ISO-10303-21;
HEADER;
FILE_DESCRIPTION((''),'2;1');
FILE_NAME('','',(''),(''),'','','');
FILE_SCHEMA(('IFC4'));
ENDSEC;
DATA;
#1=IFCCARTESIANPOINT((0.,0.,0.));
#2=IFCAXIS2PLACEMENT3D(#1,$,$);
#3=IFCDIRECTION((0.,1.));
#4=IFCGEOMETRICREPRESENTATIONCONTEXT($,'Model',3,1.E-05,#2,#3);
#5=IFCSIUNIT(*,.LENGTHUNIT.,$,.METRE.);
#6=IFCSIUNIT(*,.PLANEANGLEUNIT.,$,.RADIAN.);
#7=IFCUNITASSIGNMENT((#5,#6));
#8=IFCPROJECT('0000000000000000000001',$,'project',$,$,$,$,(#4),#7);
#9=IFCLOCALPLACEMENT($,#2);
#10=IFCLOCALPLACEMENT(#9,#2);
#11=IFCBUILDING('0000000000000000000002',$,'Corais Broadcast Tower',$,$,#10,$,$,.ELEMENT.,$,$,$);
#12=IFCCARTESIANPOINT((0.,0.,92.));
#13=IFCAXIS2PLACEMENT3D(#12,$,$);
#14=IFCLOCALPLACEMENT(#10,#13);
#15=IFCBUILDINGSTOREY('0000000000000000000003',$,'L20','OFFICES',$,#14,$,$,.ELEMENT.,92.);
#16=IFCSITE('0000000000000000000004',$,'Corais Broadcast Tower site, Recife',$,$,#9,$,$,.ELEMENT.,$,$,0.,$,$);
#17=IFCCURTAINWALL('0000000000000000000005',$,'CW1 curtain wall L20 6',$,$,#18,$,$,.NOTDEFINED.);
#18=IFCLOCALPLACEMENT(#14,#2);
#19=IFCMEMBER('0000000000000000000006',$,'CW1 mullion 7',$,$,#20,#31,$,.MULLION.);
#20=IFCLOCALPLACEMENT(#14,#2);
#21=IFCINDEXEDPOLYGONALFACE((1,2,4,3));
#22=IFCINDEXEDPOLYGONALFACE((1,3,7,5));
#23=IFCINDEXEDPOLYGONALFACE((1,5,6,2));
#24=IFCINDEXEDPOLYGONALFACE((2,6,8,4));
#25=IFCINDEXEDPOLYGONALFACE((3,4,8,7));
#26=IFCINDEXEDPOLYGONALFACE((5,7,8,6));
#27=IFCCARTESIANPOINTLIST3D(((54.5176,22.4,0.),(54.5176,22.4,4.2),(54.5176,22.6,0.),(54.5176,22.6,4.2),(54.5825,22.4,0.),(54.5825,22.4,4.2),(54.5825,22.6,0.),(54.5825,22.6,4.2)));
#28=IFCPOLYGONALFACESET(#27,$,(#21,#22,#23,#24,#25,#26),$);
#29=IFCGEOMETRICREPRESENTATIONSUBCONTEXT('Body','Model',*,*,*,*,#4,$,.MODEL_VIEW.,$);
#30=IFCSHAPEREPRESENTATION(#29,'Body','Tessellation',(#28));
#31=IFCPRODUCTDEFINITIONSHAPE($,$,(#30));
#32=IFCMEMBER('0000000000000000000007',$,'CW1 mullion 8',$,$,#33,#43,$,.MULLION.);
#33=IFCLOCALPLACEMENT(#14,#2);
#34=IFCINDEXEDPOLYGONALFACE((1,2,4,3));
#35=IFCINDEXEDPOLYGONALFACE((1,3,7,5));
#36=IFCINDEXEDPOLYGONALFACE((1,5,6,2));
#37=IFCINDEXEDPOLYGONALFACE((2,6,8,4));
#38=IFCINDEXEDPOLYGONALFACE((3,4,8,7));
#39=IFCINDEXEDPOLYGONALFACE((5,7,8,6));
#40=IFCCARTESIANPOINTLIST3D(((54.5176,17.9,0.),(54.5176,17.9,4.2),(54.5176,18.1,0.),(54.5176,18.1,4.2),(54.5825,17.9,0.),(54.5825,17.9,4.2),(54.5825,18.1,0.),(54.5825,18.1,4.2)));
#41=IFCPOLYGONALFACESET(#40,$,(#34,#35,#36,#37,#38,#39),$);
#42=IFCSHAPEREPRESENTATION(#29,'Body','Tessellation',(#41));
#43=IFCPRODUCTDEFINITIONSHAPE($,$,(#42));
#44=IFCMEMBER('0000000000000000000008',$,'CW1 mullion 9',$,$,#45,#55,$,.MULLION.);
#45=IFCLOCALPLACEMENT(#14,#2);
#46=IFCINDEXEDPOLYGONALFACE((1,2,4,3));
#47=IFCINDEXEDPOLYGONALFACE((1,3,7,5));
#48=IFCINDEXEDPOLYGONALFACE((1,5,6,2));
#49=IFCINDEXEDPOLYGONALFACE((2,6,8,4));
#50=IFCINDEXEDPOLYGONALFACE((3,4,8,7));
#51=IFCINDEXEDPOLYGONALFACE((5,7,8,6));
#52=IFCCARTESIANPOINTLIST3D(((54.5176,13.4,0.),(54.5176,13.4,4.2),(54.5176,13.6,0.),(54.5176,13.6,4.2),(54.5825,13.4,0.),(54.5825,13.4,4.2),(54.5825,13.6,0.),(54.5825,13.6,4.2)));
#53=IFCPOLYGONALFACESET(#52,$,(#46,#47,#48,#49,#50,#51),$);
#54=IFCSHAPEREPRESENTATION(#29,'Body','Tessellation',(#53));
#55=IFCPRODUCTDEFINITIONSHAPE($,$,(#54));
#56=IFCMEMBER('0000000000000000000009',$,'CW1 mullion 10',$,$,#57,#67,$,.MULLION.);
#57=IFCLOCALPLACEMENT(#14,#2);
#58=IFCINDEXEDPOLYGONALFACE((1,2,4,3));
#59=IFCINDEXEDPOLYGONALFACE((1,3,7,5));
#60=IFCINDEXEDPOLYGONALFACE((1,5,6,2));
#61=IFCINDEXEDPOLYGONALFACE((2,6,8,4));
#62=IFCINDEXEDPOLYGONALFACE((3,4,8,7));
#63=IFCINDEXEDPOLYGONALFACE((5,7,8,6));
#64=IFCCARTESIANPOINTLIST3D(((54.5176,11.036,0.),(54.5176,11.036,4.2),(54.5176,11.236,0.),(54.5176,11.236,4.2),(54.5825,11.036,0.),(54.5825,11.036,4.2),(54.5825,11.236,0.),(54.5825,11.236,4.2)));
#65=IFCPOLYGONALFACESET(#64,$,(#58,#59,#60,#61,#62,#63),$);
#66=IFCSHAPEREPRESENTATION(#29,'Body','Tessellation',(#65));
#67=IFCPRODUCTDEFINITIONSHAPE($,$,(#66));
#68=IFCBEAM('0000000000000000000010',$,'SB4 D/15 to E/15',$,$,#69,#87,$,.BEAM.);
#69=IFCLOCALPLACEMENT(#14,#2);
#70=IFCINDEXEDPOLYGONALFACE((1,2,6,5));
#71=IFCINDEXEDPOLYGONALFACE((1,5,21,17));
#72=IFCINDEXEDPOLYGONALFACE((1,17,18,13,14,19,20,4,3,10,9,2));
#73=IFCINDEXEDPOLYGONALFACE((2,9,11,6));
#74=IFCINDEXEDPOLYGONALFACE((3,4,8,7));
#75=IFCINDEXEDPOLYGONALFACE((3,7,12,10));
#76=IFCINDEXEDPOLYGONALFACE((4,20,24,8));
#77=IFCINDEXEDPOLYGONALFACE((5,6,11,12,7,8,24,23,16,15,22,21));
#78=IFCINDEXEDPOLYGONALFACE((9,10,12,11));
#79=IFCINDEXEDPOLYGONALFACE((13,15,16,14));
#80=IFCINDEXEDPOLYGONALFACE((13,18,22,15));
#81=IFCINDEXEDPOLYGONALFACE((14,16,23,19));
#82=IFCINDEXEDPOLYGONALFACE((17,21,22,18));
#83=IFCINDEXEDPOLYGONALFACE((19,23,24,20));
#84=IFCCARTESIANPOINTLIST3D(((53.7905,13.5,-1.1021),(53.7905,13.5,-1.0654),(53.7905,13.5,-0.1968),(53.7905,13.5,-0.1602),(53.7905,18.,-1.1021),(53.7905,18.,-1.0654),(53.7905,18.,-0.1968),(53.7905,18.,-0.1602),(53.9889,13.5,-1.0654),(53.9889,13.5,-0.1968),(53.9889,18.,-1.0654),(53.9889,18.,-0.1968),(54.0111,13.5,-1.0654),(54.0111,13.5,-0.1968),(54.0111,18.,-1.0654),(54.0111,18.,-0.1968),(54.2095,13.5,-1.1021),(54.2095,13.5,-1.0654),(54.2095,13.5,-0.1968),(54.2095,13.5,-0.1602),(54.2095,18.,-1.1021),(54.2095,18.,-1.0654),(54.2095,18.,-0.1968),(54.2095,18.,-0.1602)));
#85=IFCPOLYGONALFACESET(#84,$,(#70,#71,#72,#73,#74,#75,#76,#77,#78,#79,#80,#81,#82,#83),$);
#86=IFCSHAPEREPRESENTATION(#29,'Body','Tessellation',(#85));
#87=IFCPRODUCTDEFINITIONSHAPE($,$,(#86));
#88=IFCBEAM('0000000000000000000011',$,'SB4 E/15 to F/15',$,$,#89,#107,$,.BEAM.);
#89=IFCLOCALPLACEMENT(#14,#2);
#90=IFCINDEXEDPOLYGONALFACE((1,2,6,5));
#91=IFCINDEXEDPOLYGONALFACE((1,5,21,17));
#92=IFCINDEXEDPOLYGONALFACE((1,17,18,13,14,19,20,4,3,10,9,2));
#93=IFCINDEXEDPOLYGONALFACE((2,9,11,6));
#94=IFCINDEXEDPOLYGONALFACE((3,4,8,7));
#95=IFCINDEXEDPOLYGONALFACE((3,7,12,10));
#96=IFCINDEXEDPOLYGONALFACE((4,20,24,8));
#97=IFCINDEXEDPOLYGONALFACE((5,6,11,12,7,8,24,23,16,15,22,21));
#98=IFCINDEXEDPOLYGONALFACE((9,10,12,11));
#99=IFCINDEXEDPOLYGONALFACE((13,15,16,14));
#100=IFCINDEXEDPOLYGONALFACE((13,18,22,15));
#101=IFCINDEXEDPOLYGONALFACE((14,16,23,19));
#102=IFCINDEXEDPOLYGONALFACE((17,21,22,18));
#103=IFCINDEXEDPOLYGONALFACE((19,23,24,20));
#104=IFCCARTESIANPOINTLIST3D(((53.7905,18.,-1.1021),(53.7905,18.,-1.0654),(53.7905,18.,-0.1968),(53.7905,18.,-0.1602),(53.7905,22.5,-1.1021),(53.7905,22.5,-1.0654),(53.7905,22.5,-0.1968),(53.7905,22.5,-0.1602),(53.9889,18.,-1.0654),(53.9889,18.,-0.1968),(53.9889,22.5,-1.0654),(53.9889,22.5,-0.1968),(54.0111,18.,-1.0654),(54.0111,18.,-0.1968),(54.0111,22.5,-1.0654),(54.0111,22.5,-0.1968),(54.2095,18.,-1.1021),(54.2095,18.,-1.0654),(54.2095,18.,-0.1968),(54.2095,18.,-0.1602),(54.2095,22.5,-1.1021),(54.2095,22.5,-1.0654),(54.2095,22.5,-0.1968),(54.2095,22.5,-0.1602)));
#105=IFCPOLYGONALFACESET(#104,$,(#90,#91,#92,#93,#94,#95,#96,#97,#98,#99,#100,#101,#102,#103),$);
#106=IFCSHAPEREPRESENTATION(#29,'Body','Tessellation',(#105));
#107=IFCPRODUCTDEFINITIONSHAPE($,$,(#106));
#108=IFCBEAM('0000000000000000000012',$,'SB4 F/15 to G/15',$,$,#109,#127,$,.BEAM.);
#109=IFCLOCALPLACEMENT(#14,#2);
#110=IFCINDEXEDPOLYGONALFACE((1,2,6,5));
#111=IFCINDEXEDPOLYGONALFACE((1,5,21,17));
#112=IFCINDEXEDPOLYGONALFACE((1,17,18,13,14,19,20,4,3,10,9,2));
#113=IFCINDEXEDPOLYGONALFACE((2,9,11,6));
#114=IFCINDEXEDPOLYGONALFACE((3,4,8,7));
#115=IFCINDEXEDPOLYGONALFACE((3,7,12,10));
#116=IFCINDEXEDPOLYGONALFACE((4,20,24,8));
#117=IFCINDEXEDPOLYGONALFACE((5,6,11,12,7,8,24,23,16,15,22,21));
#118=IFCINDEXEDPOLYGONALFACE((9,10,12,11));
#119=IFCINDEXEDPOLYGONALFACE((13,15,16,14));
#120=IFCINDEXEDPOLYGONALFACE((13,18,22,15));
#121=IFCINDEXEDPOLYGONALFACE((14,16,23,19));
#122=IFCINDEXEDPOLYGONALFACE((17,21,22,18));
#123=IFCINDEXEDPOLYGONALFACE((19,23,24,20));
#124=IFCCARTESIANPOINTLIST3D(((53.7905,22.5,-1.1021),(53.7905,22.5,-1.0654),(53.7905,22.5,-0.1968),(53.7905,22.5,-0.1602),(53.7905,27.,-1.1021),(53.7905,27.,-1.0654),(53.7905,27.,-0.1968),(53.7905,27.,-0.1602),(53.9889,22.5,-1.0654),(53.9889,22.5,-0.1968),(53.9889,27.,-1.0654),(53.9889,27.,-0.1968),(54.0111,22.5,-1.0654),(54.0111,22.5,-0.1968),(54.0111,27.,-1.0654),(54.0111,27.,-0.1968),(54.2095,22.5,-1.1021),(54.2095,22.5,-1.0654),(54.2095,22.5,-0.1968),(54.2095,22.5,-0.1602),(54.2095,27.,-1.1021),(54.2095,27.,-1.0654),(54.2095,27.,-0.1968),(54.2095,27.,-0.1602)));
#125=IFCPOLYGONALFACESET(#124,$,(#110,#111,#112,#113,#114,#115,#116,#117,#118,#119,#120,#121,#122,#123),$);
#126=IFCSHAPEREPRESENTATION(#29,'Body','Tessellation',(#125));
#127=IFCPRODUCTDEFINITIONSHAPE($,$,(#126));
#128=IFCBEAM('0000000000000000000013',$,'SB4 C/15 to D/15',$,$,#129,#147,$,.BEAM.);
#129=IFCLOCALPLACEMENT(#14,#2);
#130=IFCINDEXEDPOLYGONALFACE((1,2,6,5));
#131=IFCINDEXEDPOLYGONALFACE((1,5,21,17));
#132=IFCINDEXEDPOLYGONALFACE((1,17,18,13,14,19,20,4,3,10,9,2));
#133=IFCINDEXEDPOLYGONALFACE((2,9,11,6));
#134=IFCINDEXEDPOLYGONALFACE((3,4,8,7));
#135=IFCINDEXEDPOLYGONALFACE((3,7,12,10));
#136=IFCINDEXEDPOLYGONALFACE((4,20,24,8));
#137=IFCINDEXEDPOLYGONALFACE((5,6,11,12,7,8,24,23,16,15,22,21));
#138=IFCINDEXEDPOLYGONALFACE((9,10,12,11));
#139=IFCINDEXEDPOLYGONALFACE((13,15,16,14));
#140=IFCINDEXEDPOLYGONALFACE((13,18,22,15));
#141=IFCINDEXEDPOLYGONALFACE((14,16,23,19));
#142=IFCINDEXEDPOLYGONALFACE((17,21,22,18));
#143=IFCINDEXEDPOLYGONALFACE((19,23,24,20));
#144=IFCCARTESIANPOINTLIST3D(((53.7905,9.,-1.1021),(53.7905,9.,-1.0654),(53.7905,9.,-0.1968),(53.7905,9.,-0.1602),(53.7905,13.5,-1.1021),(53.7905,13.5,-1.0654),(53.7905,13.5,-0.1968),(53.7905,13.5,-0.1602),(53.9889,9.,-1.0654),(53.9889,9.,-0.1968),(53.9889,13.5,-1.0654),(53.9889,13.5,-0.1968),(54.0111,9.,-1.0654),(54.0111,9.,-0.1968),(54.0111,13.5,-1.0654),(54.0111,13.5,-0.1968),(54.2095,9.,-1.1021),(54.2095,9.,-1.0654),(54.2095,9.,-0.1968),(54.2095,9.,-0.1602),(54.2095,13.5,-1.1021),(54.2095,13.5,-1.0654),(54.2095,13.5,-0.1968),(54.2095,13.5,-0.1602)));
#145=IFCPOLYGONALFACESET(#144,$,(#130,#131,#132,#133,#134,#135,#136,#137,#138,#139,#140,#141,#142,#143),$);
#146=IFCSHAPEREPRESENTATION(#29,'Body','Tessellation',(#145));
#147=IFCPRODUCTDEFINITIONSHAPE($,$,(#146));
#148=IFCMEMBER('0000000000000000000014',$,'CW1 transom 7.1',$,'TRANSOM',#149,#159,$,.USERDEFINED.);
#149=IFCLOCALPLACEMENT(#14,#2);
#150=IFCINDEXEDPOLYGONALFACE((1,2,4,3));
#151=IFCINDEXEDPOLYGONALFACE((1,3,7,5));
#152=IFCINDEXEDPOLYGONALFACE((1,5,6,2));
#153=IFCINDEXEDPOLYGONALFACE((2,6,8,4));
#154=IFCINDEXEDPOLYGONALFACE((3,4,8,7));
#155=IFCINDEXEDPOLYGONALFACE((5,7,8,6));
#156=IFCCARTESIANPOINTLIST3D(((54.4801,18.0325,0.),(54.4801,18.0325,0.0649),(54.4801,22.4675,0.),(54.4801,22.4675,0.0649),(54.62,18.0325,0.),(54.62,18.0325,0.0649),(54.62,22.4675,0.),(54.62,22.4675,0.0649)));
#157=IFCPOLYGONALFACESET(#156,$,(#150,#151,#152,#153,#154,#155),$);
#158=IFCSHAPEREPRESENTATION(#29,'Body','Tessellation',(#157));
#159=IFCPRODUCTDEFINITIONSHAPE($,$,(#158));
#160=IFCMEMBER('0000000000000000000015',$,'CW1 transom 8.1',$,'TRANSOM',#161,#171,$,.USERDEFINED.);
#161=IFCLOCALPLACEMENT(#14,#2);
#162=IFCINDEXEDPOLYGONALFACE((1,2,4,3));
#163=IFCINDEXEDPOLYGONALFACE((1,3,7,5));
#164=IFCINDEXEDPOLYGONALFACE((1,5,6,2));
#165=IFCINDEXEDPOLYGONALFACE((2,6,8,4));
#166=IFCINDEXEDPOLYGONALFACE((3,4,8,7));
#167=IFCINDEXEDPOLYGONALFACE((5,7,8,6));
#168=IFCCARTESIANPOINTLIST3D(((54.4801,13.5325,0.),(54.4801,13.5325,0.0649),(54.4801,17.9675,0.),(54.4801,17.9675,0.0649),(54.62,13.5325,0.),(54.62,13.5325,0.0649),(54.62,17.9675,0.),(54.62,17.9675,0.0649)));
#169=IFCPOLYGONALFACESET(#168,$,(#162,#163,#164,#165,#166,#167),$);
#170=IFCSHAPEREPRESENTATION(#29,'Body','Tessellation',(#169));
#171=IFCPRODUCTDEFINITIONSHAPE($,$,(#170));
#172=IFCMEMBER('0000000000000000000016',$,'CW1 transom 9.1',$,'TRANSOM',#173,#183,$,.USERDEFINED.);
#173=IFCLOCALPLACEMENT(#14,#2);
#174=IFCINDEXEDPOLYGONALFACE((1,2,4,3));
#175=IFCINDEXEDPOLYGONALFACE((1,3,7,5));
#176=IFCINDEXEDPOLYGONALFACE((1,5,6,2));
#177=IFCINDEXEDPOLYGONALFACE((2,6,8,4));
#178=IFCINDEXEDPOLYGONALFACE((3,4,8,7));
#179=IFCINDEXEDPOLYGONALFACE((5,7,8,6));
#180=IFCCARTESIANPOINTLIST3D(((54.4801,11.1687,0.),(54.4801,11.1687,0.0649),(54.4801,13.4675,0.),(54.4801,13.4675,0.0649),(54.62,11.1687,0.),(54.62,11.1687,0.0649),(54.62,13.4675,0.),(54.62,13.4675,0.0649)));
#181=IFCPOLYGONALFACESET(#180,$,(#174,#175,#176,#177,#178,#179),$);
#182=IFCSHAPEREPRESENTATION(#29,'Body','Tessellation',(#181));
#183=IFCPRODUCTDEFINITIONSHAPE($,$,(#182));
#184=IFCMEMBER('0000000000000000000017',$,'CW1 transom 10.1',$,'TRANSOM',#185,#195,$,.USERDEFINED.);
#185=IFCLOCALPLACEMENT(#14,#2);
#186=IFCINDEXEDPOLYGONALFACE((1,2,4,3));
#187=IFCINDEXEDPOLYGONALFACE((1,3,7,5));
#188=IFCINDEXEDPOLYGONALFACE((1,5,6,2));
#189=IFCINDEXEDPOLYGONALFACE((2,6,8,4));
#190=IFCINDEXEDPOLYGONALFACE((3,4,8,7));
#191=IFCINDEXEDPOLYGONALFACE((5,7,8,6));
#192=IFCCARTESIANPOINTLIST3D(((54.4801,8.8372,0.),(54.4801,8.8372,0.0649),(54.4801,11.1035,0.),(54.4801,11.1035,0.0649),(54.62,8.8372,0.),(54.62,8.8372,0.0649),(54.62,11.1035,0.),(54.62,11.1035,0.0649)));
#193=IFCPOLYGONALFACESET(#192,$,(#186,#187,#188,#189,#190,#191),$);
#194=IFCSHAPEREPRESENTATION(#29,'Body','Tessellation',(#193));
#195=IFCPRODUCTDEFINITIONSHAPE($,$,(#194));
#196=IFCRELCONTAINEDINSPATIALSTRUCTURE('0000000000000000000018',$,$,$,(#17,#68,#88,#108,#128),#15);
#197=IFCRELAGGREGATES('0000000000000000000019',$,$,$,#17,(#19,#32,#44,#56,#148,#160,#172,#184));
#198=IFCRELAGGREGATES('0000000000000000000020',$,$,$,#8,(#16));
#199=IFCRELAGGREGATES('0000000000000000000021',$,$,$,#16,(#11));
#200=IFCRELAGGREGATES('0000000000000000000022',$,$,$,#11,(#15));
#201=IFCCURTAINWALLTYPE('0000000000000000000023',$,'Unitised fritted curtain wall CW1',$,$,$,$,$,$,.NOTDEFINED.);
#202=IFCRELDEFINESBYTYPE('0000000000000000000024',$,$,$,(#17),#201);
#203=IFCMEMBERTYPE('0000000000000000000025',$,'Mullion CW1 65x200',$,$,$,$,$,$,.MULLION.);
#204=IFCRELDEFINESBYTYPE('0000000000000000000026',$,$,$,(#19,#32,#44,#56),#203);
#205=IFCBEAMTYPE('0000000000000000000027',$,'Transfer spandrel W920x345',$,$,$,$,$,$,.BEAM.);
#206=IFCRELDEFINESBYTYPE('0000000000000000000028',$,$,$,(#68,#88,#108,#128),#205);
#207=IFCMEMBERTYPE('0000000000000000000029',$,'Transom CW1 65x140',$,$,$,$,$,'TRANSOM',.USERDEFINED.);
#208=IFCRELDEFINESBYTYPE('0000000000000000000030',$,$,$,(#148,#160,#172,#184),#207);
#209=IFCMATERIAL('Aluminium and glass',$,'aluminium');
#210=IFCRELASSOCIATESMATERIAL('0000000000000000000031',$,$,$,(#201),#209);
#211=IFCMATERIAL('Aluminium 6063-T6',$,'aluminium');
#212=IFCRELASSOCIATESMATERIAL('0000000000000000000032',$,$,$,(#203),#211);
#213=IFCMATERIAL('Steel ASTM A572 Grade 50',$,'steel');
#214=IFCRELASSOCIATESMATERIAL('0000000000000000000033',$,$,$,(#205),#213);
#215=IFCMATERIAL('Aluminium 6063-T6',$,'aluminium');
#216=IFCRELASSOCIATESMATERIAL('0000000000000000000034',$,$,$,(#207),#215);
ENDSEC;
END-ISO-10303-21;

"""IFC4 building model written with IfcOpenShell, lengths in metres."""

from ifc_helpers import new_model, si_unit, direction, frame, origin, origin_2d, place, context, subcontext, project, spatial, rectangle, i_section, extrude, material, material_profile, profile_set, type_object, element, aggregate, save


model = new_model("IFC4")

# Units and contexts
model_context = context("Model", 3, precision=1e-05, world=origin(), true_north=direction((0.0, 1.0)))
body_context = subcontext(model_context, "Body", "Model", "MODEL_VIEW")
ifc_project = project(units=[si_unit("LENGTHUNIT", "METRE"), si_unit("PLANEANGLEUNIT", "RADIAN")], contexts=[model_context])

# Site, building, storey
site_placement = place(None, origin())
site = spatial("IfcSite", under=ifc_project, at=site_placement, Name="Corais Broadcast Tower site, Recife", CompositionType="ELEMENT", RefElevation=0.0)
building_placement = place(site_placement, origin())
building = spatial("IfcBuilding", under=site, at=building_placement, Name="Corais Broadcast Tower", CompositionType="ELEMENT")
storey_placement = place(building_placement, frame((0.0, 0.0, 92.0)))
storey = spatial("IfcBuildingStorey", under=building, at=storey_placement, Name="L20", Description="OFFICES", CompositionType="ELEMENT", Elevation=92.0)

# Curtain wall, members
ifc_material_1 = material(Name="Aluminium and glass", Category="aluminium")
curtain_wall_type = type_object("IfcCurtainWallType", Name="Unitised fritted curtain wall CW1", PredefinedType="NOTDEFINED", material=ifc_material_1)
curtain_wall_placement = place(storey_placement, origin())
curtain_wall = element("IfcCurtainWall", 1, at=curtain_wall_placement, inside=storey, type_object=curtain_wall_type, Name="CW1 curtain wall L20 6", PredefinedType="NOTDEFINED")
ifc_material_2 = material(Name="Aluminium 6063-T6", Category="aluminium")
ifc_material_profile_1 = material_profile(ifc_material_2, rectangle(XDim=0.0649, YDim=0.2, at=origin_2d()), Name="Mullion CW1 65x200")
ifc_profile_set_1 = profile_set([ifc_material_profile_1], Name="Aluminium 6063-T6")
member_type_1 = type_object("IfcMemberType", Name="Mullion CW1 65x200", PredefinedType="MULLION", material=ifc_profile_set_1)
member_1_placement = place(storey_placement, frame((54.55, 22.5, 0.0), z_axis=(0.0, 0.0, 1.0), x_axis=(1.0, 0.0, 0.0)))
member_1 = element("IfcMember", 2, at=member_1_placement, type_object=member_type_1, Name="CW1 mullion 7", PredefinedType="MULLION", context=body_context, shape_type="SweptSolid", body=[
    extrude(rectangle(XDim=0.0649, YDim=0.2, at=origin_2d()), origin(), (0.0, 0.0, 1.0), 4.2),
])
member_2_placement = place(storey_placement, frame((54.55, 18.0, 0.0), z_axis=(0.0, 0.0, 1.0), x_axis=(1.0, 0.0, 0.0)))
member_2 = element("IfcMember", 3, at=member_2_placement, type_object=member_type_1, Name="CW1 mullion 8", PredefinedType="MULLION", context=body_context, shape_type="SweptSolid", body=[
    extrude(rectangle(XDim=0.0649, YDim=0.2, at=origin_2d()), origin(), (0.0, 0.0, 1.0), 4.2),
])
member_3_placement = place(storey_placement, frame((54.55, 13.5, 0.0), z_axis=(0.0, 0.0, 1.0), x_axis=(1.0, 0.0, 0.0)))
member_3 = element("IfcMember", 4, at=member_3_placement, type_object=member_type_1, Name="CW1 mullion 9", PredefinedType="MULLION", context=body_context, shape_type="SweptSolid", body=[
    extrude(rectangle(XDim=0.0649, YDim=0.2, at=origin_2d()), origin(), (0.0, 0.0, 1.0), 4.2),
])
member_4_placement = place(storey_placement, frame((54.55, 11.136, 0.0), z_axis=(0.0, 0.0, 1.0), x_axis=(1.0, 0.0, 0.0)))
member_4 = element("IfcMember", 5, at=member_4_placement, type_object=member_type_1, Name="CW1 mullion 10", PredefinedType="MULLION", context=body_context, shape_type="SweptSolid", body=[
    extrude(rectangle(XDim=0.0649, YDim=0.2, at=origin_2d()), origin(), (0.0, 0.0, 1.0), 4.2),
])

# Beams
ifc_material_3 = material(Name="Steel ASTM A572 Grade 50", Category="steel")
ifc_material_profile_2 = material_profile(ifc_material_3, i_section(OverallWidth=0.4189, OverallDepth=0.9419, WebThickness=0.0222, FlangeThickness=0.0366, at=origin_2d()), Name="W920x345")
ifc_profile_set_2 = profile_set([ifc_material_profile_2], Name="Steel ASTM A572 Grade 50")
beam_type_1 = type_object("IfcBeamType", Name="Transfer spandrel W920x345", PredefinedType="BEAM", material=ifc_profile_set_2)
for number, where, z_axis, x_axis, name in (
    (6, (54.0, 13.5, -0.6311), (0.0, 1.0, 0.0), (-1.0, 0.0, 0.0), "SB4 D/15 to E/15"),
    (7, (54.0, 18.0, -0.6311), (0.0, 1.0, 0.0), (-1.0, 0.0, 0.0), "SB4 E/15 to F/15"),
    (8, (54.0, 22.5, -0.6311), (0.0, 1.0, 0.0), (-1.0, 0.0, 0.0), "SB4 F/15 to G/15"),
    (9, (54.0, 9.0, -0.6311), (0.0, 1.0, 0.0), (-1.0, 0.0, 0.0), "SB4 C/15 to D/15"),
):
    element("IfcBeam", number, at=place(storey_placement, frame(where, z_axis=z_axis, x_axis=x_axis)), inside=storey, type_object=beam_type_1, Name=name, PredefinedType="BEAM", context=body_context, shape_type="SweptSolid", body=[
        extrude(i_section(OverallWidth=0.4189, OverallDepth=0.9419, WebThickness=0.0222, FlangeThickness=0.0366, at=origin_2d()), origin(), (0.0, 0.0, 1.0), 4.5),
    ])

# Members
ifc_material_4 = material(Name="Aluminium 6063-T6", Category="aluminium")
ifc_material_profile_3 = material_profile(ifc_material_4, rectangle(XDim=0.1399, YDim=0.0649, at=origin_2d()), Name="Transom CW1 65x140")
ifc_profile_set_3 = profile_set([ifc_material_profile_3], Name="Aluminium 6063-T6")
member_type_2 = type_object("IfcMemberType", Name="Transom CW1 65x140", ElementType="TRANSOM", PredefinedType="USERDEFINED", material=ifc_profile_set_3)
member_5_placement = place(storey_placement, frame((54.55, 22.4675, 0.0325), z_axis=(0.0, -1.0, 0.0), x_axis=(1.0, 0.0, 0.0)))
member_5 = element("IfcMember", 10, at=member_5_placement, type_object=member_type_2, Name="CW1 transom 7.1", ObjectType="TRANSOM", PredefinedType="USERDEFINED", context=body_context, shape_type="SweptSolid", body=[
    extrude(rectangle(XDim=0.1399, YDim=0.0649, at=origin_2d()), origin(), (0.0, 0.0, 1.0), 4.4351),
])
member_6_placement = place(storey_placement, frame((54.55, 17.9675, 0.0325), z_axis=(0.0, -1.0, 0.0), x_axis=(1.0, 0.0, 0.0)))
member_6 = element("IfcMember", 11, at=member_6_placement, type_object=member_type_2, Name="CW1 transom 8.1", ObjectType="TRANSOM", PredefinedType="USERDEFINED", context=body_context, shape_type="SweptSolid", body=[
    extrude(rectangle(XDim=0.1399, YDim=0.0649, at=origin_2d()), origin(), (0.0, 0.0, 1.0), 4.4351),
])
member_7_placement = place(storey_placement, frame((54.55, 13.4675, 0.0325), z_axis=(0.0, -1.0, 0.0), x_axis=(1.0, 0.0, 0.0)))
member_7 = element("IfcMember", 12, at=member_7_placement, type_object=member_type_2, Name="CW1 transom 9.1", ObjectType="TRANSOM", PredefinedType="USERDEFINED", context=body_context, shape_type="SweptSolid", body=[
    extrude(rectangle(XDim=0.1399, YDim=0.0649, at=origin_2d()), origin(), (0.0, 0.0, 1.0), 2.2988),
])
member_8_placement = place(storey_placement, frame((54.55, 11.1035, 0.0325), z_axis=(0.0, -1.0, 0.0), x_axis=(1.0, 0.0, 0.0)))
member_8 = element("IfcMember", 13, at=member_8_placement, type_object=member_type_2, Name="CW1 transom 10.1", ObjectType="TRANSOM", PredefinedType="USERDEFINED", context=body_context, shape_type="SweptSolid", body=[
    extrude(rectangle(XDim=0.1399, YDim=0.0649, at=origin_2d()), origin(), (0.0, 0.0, 1.0), 2.2664),
])

aggregate(curtain_wall, [member_1, member_2, member_3, member_4, member_5, member_6, member_7, member_8])

save(model, "model.ifc")
